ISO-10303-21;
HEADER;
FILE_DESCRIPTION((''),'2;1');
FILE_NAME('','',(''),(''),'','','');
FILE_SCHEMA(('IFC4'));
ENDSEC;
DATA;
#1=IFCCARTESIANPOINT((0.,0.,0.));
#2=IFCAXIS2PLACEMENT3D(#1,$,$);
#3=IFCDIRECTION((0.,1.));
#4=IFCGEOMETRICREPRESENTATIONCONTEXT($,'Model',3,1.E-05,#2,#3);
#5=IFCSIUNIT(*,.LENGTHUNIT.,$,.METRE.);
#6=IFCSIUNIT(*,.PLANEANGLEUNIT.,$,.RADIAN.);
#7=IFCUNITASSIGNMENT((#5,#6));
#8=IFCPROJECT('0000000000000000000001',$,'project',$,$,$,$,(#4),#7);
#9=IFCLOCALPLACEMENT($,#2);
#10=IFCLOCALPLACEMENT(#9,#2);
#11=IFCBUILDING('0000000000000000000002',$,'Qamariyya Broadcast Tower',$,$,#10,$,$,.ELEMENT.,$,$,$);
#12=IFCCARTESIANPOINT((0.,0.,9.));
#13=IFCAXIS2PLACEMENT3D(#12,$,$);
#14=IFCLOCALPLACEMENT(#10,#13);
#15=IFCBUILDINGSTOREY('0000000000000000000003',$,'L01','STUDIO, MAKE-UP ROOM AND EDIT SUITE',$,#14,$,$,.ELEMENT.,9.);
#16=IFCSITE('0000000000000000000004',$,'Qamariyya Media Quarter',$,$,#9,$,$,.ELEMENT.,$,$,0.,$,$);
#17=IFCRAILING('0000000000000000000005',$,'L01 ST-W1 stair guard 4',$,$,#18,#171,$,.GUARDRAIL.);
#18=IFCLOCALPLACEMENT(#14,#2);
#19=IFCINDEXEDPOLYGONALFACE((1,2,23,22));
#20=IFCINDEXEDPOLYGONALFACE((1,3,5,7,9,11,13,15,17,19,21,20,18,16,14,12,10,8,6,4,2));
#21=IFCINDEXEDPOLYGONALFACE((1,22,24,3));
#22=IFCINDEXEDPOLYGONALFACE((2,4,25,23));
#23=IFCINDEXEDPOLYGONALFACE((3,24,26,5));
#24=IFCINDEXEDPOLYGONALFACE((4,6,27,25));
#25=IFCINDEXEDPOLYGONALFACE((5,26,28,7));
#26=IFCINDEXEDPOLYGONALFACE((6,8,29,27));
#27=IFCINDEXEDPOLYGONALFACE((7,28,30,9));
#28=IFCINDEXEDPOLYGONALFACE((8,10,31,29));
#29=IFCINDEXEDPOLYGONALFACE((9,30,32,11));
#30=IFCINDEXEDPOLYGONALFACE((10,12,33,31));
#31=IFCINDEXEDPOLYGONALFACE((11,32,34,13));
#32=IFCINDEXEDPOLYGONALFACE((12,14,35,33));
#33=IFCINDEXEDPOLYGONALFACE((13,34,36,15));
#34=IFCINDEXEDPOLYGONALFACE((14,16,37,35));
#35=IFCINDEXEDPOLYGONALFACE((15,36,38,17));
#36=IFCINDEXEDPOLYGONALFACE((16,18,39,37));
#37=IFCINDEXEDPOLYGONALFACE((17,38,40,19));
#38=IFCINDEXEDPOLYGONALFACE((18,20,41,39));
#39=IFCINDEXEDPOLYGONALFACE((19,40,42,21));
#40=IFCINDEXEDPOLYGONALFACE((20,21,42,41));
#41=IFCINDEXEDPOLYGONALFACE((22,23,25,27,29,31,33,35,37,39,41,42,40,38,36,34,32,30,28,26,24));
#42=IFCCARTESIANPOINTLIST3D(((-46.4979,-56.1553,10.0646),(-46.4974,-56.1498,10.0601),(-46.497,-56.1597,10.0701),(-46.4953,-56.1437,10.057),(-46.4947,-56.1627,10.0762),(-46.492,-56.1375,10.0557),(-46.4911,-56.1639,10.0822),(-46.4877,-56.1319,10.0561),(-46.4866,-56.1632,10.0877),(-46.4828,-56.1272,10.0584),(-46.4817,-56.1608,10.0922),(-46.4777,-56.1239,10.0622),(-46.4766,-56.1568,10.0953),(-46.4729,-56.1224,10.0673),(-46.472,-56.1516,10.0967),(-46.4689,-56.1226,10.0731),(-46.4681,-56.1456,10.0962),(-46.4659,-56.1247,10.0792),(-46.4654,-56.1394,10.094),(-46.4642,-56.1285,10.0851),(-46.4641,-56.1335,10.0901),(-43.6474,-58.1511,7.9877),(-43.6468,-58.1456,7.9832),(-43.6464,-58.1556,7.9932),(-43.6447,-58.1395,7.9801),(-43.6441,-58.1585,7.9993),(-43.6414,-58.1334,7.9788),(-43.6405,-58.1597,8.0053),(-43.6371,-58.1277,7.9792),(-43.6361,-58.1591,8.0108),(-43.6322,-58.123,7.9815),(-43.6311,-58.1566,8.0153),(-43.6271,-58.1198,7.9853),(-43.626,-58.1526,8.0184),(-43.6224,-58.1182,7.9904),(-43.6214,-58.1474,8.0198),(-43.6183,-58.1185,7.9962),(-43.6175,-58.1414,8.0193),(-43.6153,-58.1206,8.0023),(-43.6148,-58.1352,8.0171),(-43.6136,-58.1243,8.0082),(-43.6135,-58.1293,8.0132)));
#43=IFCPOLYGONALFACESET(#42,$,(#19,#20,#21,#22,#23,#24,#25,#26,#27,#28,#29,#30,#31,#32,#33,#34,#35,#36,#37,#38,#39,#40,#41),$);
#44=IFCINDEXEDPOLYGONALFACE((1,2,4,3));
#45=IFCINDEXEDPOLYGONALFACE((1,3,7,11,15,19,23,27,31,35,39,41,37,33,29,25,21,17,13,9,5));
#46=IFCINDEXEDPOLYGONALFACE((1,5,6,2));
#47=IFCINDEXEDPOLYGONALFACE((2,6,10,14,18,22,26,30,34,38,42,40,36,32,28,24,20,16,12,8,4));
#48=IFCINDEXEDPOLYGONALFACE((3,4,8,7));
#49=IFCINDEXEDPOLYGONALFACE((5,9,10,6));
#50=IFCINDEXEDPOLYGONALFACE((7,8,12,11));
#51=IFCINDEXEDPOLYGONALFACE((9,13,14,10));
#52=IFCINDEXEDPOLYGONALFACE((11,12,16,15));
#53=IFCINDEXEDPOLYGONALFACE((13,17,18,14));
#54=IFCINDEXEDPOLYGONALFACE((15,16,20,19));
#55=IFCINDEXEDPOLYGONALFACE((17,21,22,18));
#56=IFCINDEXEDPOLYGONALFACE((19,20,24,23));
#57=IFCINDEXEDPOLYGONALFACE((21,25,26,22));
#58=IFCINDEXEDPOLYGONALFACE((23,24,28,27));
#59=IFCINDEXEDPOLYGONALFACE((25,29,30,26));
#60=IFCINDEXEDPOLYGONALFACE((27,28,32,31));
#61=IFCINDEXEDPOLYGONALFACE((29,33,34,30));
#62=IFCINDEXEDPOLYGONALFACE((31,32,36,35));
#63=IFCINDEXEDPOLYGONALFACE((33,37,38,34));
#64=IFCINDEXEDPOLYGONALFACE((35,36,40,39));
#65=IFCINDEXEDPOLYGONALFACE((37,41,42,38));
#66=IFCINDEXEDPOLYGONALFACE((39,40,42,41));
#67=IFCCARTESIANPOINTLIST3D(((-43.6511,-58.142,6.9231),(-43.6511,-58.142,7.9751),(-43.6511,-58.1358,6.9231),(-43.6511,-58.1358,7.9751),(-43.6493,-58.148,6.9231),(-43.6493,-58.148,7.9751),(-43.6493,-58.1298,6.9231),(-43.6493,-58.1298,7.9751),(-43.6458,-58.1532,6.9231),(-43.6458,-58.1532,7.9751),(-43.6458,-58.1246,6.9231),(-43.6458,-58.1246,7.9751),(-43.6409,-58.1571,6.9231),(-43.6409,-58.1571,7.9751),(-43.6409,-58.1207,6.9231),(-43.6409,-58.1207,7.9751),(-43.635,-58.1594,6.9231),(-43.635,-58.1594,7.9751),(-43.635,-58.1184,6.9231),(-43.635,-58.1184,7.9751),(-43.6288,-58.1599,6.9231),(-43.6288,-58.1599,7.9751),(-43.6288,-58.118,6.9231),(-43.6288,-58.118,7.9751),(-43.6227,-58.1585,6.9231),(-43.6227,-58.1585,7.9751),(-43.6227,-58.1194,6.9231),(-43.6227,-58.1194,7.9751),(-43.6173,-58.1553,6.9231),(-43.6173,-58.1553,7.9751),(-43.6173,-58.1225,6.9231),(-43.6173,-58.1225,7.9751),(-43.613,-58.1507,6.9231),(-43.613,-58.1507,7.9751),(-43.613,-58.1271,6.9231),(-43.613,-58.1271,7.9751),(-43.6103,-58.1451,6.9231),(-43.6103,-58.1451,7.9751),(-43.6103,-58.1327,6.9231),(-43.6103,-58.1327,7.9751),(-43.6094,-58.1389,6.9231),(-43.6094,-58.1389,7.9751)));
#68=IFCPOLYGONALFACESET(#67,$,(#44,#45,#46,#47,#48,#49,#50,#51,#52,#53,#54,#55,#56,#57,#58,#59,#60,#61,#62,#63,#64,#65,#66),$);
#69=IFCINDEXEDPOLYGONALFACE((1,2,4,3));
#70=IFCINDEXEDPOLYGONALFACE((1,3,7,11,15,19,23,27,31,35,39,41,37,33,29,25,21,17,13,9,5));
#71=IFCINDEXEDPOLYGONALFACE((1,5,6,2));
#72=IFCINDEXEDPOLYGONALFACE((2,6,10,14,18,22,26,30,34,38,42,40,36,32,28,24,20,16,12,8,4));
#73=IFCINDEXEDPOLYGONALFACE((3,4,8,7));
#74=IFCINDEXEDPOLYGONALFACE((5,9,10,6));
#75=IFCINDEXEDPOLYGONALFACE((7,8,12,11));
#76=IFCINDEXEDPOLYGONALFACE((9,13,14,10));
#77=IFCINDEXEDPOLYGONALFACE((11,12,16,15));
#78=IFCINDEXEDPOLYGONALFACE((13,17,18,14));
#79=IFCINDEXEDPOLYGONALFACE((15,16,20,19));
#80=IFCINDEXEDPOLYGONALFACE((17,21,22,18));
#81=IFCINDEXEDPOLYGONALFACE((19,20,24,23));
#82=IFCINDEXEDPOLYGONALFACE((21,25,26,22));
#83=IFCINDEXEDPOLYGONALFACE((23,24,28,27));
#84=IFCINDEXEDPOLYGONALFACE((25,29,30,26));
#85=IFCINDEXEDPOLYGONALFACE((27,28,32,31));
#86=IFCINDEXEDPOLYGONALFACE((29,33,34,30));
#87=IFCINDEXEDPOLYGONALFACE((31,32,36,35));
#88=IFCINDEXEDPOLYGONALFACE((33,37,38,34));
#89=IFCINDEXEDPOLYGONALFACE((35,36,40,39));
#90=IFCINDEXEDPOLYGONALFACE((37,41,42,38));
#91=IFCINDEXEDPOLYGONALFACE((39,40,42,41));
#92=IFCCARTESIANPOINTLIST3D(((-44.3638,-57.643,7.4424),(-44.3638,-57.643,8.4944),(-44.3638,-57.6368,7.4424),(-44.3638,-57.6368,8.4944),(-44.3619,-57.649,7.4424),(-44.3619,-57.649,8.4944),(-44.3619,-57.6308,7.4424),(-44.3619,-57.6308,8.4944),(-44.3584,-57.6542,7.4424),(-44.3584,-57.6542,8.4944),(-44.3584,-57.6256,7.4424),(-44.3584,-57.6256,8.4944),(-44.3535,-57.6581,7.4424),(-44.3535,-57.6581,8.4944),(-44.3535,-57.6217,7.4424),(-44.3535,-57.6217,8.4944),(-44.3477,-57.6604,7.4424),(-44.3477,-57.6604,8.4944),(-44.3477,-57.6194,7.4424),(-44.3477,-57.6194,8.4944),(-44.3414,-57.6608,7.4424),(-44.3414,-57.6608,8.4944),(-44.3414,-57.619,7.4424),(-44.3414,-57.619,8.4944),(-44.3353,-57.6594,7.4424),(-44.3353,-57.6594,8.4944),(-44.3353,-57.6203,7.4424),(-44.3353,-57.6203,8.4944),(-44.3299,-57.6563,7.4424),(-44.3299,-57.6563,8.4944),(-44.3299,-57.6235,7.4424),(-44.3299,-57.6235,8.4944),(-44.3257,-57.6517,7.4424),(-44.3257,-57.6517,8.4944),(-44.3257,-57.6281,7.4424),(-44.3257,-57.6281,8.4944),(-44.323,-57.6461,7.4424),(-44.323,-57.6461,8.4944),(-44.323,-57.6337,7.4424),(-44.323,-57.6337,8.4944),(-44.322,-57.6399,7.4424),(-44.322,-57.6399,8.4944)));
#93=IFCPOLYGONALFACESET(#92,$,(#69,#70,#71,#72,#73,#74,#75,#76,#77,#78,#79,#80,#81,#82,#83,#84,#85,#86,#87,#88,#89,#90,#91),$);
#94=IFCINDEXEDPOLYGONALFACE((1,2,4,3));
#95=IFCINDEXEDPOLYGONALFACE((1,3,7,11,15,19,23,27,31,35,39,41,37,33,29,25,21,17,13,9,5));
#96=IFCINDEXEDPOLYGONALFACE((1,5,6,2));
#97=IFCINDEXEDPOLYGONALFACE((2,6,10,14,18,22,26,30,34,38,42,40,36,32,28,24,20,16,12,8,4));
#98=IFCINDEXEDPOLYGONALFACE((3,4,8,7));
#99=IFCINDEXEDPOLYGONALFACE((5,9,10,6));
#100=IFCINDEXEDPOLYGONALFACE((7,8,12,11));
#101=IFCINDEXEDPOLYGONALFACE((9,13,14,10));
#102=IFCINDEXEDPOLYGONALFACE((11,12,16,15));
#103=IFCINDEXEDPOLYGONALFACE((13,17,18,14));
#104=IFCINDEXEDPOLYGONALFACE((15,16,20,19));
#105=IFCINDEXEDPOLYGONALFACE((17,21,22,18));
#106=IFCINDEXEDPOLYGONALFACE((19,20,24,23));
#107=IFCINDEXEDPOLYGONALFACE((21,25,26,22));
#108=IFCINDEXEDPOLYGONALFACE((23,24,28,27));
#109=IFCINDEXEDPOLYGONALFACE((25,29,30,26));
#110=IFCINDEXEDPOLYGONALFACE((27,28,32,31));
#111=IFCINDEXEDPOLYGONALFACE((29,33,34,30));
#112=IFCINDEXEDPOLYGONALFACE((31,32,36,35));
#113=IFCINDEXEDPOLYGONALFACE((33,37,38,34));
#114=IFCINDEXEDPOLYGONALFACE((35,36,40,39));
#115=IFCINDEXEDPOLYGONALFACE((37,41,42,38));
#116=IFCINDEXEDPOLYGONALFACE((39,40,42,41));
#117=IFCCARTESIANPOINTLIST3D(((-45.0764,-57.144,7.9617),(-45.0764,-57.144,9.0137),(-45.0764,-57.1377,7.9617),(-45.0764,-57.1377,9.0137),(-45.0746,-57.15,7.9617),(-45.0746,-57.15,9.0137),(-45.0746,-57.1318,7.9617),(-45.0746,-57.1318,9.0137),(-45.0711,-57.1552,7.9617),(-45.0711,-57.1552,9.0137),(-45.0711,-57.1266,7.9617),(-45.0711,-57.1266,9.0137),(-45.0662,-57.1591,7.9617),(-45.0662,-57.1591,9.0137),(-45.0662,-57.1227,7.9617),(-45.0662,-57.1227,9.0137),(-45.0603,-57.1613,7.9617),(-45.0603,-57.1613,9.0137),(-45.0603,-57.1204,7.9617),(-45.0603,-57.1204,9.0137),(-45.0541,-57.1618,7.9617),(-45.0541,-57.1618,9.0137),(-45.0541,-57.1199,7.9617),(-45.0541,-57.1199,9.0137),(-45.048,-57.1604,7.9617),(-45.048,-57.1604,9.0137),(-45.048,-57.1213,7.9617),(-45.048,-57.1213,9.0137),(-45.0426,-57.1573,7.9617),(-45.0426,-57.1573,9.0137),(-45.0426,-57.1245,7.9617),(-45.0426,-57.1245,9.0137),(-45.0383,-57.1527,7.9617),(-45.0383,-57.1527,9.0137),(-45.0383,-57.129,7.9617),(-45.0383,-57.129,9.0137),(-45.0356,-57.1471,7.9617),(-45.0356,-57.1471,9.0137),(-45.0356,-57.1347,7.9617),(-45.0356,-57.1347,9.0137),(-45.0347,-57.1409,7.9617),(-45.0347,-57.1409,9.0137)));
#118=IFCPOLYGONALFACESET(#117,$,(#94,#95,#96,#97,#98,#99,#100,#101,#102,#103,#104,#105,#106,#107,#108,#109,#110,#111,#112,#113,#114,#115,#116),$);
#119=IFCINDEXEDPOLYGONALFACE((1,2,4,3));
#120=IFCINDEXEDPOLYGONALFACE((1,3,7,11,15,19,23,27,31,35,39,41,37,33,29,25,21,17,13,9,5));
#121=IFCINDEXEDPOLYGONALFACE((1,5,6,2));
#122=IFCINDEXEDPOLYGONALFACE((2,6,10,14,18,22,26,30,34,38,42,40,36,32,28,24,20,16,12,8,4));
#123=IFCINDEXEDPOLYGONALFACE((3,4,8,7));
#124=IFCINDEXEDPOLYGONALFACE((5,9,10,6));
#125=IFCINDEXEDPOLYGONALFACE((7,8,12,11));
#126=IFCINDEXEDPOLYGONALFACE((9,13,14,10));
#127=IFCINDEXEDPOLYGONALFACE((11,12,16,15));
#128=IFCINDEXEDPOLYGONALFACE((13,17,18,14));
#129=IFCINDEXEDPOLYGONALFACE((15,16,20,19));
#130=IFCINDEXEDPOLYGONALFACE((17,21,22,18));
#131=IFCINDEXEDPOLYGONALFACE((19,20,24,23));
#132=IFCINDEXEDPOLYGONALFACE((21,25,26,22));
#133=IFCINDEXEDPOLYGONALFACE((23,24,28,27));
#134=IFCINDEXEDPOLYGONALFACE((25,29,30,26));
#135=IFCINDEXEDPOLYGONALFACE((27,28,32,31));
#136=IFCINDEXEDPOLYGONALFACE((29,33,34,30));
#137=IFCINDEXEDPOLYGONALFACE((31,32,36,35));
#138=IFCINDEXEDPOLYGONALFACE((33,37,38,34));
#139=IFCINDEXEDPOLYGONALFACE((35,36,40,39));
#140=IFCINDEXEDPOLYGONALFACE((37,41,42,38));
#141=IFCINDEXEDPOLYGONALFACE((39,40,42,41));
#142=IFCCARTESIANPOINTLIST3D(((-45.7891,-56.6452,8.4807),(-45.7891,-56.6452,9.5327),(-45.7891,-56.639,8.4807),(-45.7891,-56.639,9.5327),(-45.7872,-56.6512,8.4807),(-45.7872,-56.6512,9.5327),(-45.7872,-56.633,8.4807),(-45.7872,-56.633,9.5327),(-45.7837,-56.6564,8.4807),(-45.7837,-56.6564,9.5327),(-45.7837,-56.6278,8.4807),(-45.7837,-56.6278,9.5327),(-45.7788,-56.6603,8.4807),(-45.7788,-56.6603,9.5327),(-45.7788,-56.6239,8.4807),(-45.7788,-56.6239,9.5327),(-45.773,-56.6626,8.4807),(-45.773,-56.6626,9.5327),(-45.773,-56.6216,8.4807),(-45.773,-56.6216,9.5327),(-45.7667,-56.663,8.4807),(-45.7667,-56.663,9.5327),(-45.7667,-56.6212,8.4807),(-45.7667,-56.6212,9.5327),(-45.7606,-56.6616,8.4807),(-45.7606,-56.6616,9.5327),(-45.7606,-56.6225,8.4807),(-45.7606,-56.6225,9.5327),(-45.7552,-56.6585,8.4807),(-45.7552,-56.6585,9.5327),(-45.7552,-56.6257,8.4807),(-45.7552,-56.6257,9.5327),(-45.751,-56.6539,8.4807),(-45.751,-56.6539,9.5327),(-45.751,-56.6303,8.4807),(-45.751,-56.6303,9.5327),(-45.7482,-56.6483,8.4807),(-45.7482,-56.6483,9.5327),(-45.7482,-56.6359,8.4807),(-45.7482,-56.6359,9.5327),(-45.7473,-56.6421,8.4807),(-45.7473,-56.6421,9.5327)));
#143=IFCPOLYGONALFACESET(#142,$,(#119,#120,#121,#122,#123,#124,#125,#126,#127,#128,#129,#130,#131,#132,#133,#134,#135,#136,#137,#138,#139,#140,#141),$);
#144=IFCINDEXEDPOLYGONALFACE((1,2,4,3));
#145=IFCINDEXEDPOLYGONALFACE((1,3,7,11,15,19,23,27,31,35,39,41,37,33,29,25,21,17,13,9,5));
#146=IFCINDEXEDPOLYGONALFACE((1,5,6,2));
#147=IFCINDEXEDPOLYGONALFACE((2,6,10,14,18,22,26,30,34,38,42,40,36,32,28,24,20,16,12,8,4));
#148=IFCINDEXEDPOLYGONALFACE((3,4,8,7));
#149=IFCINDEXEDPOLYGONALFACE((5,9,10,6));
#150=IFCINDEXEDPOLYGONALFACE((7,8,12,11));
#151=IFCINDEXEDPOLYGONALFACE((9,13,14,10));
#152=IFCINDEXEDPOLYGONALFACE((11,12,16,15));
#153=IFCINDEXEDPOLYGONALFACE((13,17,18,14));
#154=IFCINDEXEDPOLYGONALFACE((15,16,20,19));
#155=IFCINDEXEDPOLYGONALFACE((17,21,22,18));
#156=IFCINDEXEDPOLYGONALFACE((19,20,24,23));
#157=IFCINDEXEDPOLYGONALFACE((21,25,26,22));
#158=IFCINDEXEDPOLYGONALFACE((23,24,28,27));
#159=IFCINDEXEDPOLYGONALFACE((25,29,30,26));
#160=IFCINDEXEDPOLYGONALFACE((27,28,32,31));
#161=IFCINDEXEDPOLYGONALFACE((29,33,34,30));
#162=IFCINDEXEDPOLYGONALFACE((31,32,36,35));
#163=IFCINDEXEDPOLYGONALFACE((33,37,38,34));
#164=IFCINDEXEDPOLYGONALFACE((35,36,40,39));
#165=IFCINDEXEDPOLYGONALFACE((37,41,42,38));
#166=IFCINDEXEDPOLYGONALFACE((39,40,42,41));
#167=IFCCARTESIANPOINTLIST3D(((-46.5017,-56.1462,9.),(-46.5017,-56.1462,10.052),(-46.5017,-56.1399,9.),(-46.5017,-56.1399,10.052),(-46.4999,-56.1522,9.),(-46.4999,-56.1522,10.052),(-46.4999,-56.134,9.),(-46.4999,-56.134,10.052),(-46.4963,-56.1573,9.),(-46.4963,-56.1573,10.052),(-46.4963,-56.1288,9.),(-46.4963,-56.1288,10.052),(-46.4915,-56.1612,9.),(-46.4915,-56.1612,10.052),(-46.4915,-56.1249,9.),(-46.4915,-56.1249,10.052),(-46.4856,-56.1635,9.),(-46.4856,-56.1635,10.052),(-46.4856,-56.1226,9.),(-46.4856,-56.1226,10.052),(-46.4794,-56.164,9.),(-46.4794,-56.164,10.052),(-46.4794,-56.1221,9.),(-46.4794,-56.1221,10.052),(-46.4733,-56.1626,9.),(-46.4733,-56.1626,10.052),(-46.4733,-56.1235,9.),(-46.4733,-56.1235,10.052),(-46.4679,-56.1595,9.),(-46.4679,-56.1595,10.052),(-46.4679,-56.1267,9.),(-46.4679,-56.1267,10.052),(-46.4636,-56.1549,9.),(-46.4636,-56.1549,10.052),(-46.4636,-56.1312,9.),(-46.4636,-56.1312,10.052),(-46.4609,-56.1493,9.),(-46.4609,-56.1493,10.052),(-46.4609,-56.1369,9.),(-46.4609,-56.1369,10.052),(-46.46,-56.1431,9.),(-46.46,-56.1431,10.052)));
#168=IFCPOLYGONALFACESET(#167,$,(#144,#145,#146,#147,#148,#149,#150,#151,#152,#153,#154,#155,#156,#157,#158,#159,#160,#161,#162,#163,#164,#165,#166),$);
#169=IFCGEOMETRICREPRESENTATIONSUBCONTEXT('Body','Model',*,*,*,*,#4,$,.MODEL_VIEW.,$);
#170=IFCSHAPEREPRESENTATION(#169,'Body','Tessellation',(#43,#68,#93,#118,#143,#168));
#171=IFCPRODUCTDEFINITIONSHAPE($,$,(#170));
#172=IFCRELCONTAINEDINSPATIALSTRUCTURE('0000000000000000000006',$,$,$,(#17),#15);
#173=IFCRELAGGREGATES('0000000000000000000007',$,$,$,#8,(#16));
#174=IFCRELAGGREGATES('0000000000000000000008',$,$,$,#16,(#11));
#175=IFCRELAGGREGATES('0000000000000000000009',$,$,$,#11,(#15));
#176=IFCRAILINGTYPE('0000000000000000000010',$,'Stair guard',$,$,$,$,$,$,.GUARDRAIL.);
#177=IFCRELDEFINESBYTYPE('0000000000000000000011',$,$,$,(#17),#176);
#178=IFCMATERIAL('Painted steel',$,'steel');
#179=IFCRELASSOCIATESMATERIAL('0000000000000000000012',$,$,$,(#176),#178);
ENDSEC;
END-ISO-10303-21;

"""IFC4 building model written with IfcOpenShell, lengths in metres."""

from ifc_helpers import new_model, si_unit, direction, frame, origin, origin_2d, place, context, subcontext, project, spatial, circle, extrude, material, type_object, element, save


model = new_model("IFC4")

# Units and contexts
model_context = context("Model", 3, precision=1e-05, world=origin(), true_north=direction((0.0, 1.0)))
body_context = subcontext(model_context, "Body", "Model", "MODEL_VIEW")
ifc_project = project(units=[si_unit("LENGTHUNIT", "METRE"), si_unit("PLANEANGLEUNIT", "RADIAN")], contexts=[model_context])

# Site, building, storey
site_placement = place(None, origin())
site = spatial("IfcSite", under=ifc_project, at=site_placement, Name="Qamariyya Media Quarter", CompositionType="ELEMENT", RefElevation=0.0)
building_placement = place(site_placement, origin())
building = spatial("IfcBuilding", under=site, at=building_placement, Name="Qamariyya Broadcast Tower", CompositionType="ELEMENT")
storey_placement = place(building_placement, frame((0.0, 0.0, 9.0)))
storey = spatial("IfcBuildingStorey", under=building, at=storey_placement, Name="L01", Description="STUDIO, MAKE-UP ROOM AND EDIT SUITE", CompositionType="ELEMENT", Elevation=9.0)

# Railing
ifc_material_1 = material(Name="Painted steel", Category="steel")
railing_type_1 = type_object("IfcRailingType", Name="Stair guard", PredefinedType="GUARDRAIL", material=ifc_material_1)
railing_1_placement = place(storey_placement, frame((-43.6304, -58.1389, 6.9231)))
element("IfcRailing", 1, at=railing_1_placement, inside=storey, type_object=railing_type_1, Name="L01 ST-W1 stair guard 4", PredefinedType="GUARDRAIL", context=body_context, shape_type="SweptSolid", body=[
    extrude(circle(Radius=0.0239, at=origin_2d()), frame((0.0, 0.0, 1.0762), z_axis=(-0.703414, 0.492498, 0.512499), x_axis=(-0.573547, -0.819173, 0.0)), (0.0, 0.0, 1.0), 4.0525),
    extrude(circle(Radius=0.021, at=origin_2d()), origin(), (0.0, 0.0, 1.0), 1.052),
    extrude(circle(Radius=0.021, at=origin_2d()), frame((-0.7126, 0.499, 0.5193)), (0.0, 0.0, 1.0), 1.052),
    extrude(circle(Radius=0.021, at=origin_2d()), frame((-1.4253, 0.998, 1.0386)), (0.0, 0.0, 1.0), 1.052),
    extrude(circle(Radius=0.021, at=origin_2d()), frame((-2.1379, 1.4968, 1.5576)), (0.0, 0.0, 1.0), 1.052),
    extrude(circle(Radius=0.021, at=origin_2d()), frame((-2.8506, 1.9958, 2.0769)), (0.0, 0.0, 1.0), 1.052),
])

save(model, "model.ifc")
